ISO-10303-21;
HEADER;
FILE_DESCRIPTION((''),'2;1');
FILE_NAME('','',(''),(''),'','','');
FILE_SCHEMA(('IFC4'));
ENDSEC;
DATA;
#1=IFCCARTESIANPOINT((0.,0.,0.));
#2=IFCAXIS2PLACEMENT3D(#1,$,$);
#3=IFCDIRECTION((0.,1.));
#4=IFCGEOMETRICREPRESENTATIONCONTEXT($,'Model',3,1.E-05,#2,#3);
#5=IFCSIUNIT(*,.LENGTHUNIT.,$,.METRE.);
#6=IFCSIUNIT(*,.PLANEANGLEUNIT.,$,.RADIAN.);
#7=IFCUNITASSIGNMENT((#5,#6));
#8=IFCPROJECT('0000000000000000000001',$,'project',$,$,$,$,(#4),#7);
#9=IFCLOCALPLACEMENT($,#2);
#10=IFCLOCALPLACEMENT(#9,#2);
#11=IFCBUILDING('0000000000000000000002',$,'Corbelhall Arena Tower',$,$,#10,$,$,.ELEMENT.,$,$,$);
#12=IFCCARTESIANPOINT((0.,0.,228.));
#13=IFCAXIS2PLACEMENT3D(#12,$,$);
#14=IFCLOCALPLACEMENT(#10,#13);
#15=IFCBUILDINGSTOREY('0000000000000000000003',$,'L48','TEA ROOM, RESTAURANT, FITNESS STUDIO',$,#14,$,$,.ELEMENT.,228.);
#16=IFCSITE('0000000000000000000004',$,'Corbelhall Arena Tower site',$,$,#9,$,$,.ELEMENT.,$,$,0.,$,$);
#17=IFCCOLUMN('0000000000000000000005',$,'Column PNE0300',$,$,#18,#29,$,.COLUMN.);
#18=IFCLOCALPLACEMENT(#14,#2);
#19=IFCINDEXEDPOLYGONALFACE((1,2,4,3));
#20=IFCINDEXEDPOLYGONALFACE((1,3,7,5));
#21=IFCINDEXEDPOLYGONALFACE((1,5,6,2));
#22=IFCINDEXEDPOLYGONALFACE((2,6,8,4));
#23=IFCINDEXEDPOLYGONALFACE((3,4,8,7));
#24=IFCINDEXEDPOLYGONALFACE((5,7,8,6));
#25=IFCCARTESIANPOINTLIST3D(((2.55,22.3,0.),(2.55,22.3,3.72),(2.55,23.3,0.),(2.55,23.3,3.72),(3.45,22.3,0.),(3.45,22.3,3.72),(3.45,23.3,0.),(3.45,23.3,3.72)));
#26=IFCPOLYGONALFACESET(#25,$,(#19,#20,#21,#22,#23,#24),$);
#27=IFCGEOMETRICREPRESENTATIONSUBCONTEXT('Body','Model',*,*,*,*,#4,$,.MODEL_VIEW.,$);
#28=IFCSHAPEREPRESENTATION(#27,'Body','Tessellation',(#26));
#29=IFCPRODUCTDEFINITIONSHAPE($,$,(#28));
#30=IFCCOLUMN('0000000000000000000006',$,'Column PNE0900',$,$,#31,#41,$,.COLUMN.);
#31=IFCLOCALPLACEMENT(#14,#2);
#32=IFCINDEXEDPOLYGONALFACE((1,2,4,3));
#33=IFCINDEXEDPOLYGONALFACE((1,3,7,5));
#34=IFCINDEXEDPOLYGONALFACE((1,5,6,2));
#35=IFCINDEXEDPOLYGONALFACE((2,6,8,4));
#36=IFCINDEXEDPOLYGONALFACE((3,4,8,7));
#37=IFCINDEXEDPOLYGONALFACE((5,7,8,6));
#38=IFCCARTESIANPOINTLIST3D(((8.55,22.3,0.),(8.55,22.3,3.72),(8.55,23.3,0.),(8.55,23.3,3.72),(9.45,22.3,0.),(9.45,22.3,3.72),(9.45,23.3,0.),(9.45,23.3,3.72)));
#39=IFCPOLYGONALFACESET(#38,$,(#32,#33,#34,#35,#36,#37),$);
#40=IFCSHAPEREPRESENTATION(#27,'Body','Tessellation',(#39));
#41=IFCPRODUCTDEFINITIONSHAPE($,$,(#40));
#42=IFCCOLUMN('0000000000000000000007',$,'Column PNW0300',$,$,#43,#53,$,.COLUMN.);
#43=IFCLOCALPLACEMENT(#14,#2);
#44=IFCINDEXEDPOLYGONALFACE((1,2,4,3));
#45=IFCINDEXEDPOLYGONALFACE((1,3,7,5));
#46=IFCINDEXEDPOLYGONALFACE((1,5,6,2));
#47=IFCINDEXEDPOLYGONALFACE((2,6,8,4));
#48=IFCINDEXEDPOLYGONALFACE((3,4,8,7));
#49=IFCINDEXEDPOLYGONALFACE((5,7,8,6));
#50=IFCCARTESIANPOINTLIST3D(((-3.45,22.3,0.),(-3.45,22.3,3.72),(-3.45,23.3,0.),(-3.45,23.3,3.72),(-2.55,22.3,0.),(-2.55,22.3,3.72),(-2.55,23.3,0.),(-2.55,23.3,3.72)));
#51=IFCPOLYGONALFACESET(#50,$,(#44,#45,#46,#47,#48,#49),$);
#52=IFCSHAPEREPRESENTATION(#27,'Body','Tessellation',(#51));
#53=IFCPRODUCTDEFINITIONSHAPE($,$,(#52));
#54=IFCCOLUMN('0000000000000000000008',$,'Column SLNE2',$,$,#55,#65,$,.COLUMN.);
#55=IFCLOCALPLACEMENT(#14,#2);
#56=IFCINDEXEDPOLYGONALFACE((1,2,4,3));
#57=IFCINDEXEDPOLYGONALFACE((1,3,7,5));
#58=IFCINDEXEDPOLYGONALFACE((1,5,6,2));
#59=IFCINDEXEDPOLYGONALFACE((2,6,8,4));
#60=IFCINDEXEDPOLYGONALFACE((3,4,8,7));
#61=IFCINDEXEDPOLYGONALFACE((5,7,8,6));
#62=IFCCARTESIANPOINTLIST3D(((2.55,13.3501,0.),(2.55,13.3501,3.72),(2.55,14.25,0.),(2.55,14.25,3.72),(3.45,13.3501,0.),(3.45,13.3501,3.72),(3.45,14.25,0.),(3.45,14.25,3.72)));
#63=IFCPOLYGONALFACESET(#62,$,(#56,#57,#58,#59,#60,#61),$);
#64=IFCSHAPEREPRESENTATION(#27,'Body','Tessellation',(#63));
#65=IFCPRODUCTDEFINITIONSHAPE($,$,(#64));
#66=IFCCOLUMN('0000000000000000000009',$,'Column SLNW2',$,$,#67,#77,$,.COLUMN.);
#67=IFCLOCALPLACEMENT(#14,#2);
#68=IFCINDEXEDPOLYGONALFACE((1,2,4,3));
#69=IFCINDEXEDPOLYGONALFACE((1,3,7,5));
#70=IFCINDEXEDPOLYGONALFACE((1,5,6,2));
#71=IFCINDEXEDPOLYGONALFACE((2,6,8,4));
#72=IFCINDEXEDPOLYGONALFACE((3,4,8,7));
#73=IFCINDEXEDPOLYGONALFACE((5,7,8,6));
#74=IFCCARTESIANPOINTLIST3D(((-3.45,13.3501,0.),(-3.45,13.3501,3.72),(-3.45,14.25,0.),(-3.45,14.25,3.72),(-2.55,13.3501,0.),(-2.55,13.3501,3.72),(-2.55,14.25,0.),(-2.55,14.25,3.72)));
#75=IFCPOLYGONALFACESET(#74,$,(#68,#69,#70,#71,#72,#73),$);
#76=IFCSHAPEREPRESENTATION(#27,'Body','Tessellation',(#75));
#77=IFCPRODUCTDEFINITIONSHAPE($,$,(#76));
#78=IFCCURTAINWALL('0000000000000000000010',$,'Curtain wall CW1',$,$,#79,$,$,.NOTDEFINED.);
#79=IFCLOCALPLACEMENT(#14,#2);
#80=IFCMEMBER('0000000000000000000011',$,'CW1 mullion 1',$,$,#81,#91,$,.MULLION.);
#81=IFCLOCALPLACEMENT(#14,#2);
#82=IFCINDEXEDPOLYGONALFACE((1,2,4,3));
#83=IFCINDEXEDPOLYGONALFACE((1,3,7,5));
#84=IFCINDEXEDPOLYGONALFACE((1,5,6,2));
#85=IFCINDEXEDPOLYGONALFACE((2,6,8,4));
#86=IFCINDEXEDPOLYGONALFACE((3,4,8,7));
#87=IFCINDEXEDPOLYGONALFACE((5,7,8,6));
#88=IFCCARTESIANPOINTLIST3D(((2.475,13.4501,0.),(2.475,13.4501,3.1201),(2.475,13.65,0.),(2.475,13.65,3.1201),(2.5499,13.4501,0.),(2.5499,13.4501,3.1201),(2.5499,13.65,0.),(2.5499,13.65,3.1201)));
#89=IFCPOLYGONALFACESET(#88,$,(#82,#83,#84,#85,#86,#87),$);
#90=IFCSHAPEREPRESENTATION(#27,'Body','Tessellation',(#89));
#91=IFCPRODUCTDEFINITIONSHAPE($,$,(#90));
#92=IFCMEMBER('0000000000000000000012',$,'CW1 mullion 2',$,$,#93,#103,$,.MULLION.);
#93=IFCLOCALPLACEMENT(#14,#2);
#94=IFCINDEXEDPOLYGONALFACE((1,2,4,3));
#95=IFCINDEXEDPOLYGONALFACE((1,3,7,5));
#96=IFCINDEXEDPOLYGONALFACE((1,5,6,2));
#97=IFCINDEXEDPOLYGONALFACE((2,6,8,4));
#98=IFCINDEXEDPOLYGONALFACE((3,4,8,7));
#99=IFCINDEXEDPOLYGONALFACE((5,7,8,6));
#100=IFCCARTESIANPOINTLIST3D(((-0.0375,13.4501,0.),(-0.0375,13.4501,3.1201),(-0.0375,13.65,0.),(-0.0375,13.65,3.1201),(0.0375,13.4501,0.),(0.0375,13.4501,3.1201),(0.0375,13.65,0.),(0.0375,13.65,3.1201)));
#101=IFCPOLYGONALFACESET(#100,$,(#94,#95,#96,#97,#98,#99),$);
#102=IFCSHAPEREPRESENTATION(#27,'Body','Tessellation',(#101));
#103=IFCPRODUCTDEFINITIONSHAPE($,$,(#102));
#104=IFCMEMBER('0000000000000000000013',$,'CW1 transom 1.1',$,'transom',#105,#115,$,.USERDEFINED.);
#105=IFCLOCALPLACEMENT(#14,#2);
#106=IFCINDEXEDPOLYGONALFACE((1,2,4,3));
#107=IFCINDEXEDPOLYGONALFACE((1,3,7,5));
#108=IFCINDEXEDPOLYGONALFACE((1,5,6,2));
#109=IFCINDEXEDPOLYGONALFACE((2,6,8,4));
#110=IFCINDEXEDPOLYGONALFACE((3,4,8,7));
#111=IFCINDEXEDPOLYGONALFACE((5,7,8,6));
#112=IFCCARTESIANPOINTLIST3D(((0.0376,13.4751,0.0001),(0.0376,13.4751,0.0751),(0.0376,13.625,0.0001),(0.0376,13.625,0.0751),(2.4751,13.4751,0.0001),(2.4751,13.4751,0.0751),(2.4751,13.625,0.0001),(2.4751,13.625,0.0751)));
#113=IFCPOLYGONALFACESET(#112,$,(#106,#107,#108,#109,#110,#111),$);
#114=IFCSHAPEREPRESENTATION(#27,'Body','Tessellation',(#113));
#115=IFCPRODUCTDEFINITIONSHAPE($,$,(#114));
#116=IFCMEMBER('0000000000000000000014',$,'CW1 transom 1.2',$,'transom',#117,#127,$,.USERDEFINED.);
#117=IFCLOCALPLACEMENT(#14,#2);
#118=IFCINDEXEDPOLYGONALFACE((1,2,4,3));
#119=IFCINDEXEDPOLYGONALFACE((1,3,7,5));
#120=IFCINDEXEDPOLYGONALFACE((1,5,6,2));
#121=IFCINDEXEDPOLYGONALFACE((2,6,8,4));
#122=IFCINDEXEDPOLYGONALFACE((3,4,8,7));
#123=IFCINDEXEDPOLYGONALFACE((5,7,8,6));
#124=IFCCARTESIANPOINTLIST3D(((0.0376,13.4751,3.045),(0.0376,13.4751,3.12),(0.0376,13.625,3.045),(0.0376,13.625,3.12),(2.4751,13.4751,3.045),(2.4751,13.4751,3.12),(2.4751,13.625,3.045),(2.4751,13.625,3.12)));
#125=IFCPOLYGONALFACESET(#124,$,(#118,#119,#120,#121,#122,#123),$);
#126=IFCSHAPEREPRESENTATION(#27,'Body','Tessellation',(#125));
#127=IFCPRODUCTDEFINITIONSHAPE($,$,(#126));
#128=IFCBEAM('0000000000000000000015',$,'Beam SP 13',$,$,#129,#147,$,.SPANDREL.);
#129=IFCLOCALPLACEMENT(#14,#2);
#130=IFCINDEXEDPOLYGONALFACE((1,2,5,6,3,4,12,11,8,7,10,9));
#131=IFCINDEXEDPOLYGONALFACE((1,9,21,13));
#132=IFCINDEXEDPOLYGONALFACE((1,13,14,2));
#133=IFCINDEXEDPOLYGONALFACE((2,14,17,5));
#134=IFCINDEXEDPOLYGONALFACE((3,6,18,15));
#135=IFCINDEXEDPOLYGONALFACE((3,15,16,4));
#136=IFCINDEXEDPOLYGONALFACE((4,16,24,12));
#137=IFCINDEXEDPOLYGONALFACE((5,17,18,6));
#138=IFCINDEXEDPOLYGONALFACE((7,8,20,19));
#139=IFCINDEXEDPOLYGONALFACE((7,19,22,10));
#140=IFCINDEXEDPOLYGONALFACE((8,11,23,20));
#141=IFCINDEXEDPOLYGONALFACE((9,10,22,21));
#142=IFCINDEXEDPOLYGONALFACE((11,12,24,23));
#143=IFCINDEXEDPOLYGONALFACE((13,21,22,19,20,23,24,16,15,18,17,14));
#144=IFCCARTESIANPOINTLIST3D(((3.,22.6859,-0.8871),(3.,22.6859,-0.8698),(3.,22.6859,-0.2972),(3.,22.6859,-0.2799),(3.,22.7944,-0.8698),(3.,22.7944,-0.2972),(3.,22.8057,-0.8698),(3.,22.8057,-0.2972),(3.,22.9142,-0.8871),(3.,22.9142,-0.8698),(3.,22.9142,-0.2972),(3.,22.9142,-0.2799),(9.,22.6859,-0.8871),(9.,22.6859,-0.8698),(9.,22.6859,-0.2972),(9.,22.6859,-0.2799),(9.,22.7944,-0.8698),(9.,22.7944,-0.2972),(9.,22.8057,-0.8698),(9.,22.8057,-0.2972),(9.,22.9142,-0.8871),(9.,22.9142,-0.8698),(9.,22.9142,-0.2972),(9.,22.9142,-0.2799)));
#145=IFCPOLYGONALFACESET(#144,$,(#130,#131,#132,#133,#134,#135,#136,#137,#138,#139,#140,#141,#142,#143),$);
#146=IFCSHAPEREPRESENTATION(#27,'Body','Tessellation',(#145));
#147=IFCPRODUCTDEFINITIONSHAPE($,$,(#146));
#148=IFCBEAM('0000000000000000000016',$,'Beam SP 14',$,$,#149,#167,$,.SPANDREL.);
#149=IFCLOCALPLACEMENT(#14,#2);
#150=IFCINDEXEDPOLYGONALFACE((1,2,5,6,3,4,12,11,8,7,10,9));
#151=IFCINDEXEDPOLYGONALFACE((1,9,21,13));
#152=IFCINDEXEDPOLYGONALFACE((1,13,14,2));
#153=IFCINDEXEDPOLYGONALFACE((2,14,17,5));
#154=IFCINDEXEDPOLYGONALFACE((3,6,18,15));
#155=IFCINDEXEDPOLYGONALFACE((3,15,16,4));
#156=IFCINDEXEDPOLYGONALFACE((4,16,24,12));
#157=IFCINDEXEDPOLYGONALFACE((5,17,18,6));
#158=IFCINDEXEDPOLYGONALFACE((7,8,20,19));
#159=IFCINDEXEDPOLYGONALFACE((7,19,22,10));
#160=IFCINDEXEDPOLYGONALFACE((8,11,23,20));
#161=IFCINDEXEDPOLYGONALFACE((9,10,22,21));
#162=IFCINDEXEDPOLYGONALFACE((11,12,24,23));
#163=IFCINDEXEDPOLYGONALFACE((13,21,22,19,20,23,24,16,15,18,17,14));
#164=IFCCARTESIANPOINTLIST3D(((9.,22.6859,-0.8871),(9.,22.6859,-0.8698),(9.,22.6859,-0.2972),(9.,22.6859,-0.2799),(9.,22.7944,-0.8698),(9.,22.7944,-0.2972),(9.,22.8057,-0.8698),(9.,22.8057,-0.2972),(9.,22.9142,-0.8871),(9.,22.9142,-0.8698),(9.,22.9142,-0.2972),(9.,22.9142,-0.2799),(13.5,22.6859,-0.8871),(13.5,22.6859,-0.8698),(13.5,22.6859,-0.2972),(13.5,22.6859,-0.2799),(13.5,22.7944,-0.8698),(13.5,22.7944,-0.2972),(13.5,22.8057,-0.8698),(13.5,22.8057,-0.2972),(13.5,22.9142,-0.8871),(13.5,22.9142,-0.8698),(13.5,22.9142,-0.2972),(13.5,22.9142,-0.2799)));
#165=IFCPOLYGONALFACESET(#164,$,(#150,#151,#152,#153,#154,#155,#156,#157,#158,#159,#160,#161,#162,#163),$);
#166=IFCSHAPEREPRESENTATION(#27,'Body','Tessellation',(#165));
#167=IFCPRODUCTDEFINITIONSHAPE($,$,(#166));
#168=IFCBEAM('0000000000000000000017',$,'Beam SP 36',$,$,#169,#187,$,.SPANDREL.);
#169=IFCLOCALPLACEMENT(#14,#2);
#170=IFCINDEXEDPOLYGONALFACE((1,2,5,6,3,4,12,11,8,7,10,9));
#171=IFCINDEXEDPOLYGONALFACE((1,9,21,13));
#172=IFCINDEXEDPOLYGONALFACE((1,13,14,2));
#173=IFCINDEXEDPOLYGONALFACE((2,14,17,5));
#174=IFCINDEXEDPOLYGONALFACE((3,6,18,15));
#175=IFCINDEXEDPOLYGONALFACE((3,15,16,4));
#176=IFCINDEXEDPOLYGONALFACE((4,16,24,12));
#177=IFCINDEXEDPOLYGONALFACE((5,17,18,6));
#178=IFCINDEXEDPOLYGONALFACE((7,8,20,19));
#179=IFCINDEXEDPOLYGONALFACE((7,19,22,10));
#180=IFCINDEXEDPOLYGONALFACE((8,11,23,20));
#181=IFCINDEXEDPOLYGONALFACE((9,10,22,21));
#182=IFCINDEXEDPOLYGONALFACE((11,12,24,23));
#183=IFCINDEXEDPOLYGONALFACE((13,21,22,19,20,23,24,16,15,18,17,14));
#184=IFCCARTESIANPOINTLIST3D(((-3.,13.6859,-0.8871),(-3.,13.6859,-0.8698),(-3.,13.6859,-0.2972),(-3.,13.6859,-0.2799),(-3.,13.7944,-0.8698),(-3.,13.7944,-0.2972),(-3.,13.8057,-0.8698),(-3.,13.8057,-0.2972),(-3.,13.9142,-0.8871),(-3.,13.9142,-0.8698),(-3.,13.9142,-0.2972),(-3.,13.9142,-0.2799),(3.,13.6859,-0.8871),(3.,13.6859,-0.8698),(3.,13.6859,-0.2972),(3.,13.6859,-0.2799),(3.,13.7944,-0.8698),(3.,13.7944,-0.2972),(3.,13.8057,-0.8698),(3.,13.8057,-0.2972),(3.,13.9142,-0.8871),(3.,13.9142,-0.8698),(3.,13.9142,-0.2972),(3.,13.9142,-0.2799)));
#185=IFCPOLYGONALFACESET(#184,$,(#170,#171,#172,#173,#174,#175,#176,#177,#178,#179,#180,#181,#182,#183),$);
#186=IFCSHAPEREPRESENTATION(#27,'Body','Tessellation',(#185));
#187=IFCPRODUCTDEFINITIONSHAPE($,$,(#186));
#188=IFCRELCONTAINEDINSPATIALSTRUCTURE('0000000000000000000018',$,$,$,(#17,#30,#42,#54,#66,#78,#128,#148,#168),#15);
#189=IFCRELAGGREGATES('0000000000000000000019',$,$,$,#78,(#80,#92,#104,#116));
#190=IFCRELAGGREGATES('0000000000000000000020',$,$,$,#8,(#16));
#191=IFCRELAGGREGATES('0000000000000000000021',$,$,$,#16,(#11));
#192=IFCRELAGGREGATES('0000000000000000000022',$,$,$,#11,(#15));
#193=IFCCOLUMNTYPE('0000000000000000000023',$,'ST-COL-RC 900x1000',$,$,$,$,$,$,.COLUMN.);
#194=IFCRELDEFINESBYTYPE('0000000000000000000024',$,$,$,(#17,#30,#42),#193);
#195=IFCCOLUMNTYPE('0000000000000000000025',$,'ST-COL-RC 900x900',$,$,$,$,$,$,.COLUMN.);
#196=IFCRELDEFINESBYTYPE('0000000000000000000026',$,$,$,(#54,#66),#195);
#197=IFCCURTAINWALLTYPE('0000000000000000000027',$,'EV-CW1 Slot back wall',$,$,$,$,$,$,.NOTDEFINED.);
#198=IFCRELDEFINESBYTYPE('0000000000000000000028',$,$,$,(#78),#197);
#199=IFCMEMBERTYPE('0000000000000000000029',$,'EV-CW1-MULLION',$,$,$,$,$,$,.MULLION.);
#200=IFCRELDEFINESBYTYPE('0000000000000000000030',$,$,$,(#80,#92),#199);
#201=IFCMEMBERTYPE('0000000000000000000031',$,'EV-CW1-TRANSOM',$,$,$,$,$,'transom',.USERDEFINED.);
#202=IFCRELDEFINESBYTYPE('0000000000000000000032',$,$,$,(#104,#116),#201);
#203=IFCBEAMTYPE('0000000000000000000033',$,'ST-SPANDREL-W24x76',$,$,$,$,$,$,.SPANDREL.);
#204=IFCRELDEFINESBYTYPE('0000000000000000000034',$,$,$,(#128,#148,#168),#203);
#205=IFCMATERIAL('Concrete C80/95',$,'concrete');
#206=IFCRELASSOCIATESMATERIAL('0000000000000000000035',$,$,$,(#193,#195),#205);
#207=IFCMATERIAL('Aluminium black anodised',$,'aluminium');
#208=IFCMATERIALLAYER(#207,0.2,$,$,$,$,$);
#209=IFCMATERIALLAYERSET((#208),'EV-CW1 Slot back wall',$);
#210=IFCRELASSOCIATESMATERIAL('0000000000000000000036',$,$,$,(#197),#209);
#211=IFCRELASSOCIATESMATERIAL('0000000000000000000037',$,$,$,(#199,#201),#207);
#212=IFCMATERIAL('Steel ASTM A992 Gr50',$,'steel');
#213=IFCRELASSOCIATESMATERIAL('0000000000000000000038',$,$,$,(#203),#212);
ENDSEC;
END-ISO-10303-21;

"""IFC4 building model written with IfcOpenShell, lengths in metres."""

from ifc_helpers import new_model, si_unit, direction, frame, origin, origin_2d, place, context, subcontext, project, spatial, rectangle, i_section, extrude, material, layer, layer_set, material_profile, profile_set, type_object, element, aggregate, save


model = new_model("IFC4")

# Units and contexts
model_context = context("Model", 3, precision=1e-05, world=origin(), true_north=direction((0.0, 1.0)))
body_context = subcontext(model_context, "Body", "Model", "MODEL_VIEW")
ifc_project = project(units=[si_unit("LENGTHUNIT", "METRE"), si_unit("PLANEANGLEUNIT", "RADIAN")], contexts=[model_context])

# Site, building, storey
site_placement = place(None, origin())
site = spatial("IfcSite", under=ifc_project, at=site_placement, Name="Corbelhall Arena Tower site", CompositionType="ELEMENT", RefElevation=0.0)
building_placement = place(site_placement, origin())
building = spatial("IfcBuilding", under=site, at=building_placement, Name="Corbelhall Arena Tower", CompositionType="ELEMENT")
storey_placement = place(building_placement, frame((0.0, 0.0, 228.0)))
storey = spatial("IfcBuildingStorey", under=building, at=storey_placement, Name="L48", Description="TEA ROOM, RESTAURANT, FITNESS STUDIO", CompositionType="ELEMENT", Elevation=228.0)

# Columns
ifc_material_1 = material(Name="Concrete C80/95", Category="concrete")
ifc_material_profile_1 = material_profile(ifc_material_1, rectangle(XDim=0.8999, YDim=1.0, at=origin_2d()))
ifc_profile_set_1 = profile_set([ifc_material_profile_1], Name="Concrete C80/95")
column_type_1 = type_object("IfcColumnType", Name="ST-COL-RC 900x1000", PredefinedType="COLUMN", material=ifc_profile_set_1)
for number, where, z_axis, x_axis, name in (
    (1, (3.0, 22.8, 0.0), (0.0, 0.0, 1.0), (1.0, 0.0, 0.0), "Column PNE0300"),
    (2, (9.0, 22.8, 0.0), (0.0, 0.0, 1.0), (1.0, 0.0, 0.0), "Column PNE0900"),
    (3, (-3.0, 22.8, 0.0), (0.0, 0.0, 1.0), (1.0, 0.0, 0.0), "Column PNW0300"),
):
    element("IfcColumn", number, at=place(storey_placement, frame(where, z_axis=z_axis, x_axis=x_axis)), inside=storey, type_object=column_type_1, Name=name, PredefinedType="COLUMN", context=body_context, shape_type="SweptSolid", body=[
        extrude(rectangle(XDim=0.8999, YDim=1.0, at=origin_2d()), origin(), (0.0, 0.0, 1.0), 3.72),
    ])
ifc_material_profile_2 = material_profile(ifc_material_1, rectangle(XDim=0.8999, YDim=0.8999, at=origin_2d()))
ifc_profile_set_2 = profile_set([ifc_material_profile_2], Name="Concrete C80/95")
column_type_2 = type_object("IfcColumnType", Name="ST-COL-RC 900x900", PredefinedType="COLUMN", material=ifc_profile_set_2)
for number, where, z_axis, x_axis, name in (
    (4, (3.0, 13.8, 0.0), (0.0, 0.0, 1.0), (1.0, 0.0, 0.0), "Column SLNE2"),
    (5, (-3.0, 13.8, 0.0), (0.0, 0.0, 1.0), (1.0, 0.0, 0.0), "Column SLNW2"),
):
    element("IfcColumn", number, at=place(storey_placement, frame(where, z_axis=z_axis, x_axis=x_axis)), inside=storey, type_object=column_type_2, Name=name, PredefinedType="COLUMN", context=body_context, shape_type="SweptSolid", body=[
        extrude(rectangle(XDim=0.8999, YDim=0.8999, at=origin_2d()), origin(), (0.0, 0.0, 1.0), 3.72),
    ])

# Curtain wall, members
ifc_material_2 = material(Name="Aluminium black anodised", Category="aluminium")
ifc_layer_1 = layer(ifc_material_2, 0.2)
ifc_layer_set_1 = layer_set([ifc_layer_1], Name="EV-CW1 Slot back wall")
curtain_wall_type = type_object("IfcCurtainWallType", Name="EV-CW1 Slot back wall", PredefinedType="NOTDEFINED", material=ifc_layer_set_1)
curtain_wall_placement = place(storey_placement, origin())
curtain_wall = element("IfcCurtainWall", 6, at=curtain_wall_placement, inside=storey, type_object=curtain_wall_type, Name="Curtain wall CW1", PredefinedType="NOTDEFINED")
ifc_material_profile_3 = material_profile(ifc_material_2, rectangle(XDim=0.2, YDim=0.075, at=origin_2d()))
ifc_profile_set_3 = profile_set([ifc_material_profile_3], Name="Aluminium black anodised")
member_type_1 = type_object("IfcMemberType", Name="EV-CW1-MULLION", PredefinedType="MULLION", material=ifc_profile_set_3)
member_1_placement = place(storey_placement, frame((2.5125, 13.55, 0.0), z_axis=(0.0, 0.0, 1.0), x_axis=(0.0, -1.0, 0.0)))
member_1 = element("IfcMember", 7, at=member_1_placement, type_object=member_type_1, Name="CW1 mullion 1", PredefinedType="MULLION", context=body_context, shape_type="SweptSolid", body=[
    extrude(rectangle(XDim=0.2, YDim=0.075, at=origin_2d()), origin(), (0.0, 0.0, 1.0), 3.1201),
])
member_2_placement = place(storey_placement, frame((0.0, 13.55, 0.0), z_axis=(0.0, 0.0, 1.0), x_axis=(0.0, -1.0, 0.0)))
member_2 = element("IfcMember", 8, at=member_2_placement, type_object=member_type_1, Name="CW1 mullion 2", PredefinedType="MULLION", context=body_context, shape_type="SweptSolid", body=[
    extrude(rectangle(XDim=0.2, YDim=0.075, at=origin_2d()), origin(), (0.0, 0.0, 1.0), 3.1201),
])
ifc_material_profile_4 = material_profile(ifc_material_2, rectangle(XDim=0.1499, YDim=0.075, at=origin_2d()))
ifc_profile_set_4 = profile_set([ifc_material_profile_4], Name="Aluminium black anodised")
member_type_2 = type_object("IfcMemberType", Name="EV-CW1-TRANSOM", ElementType="transom", PredefinedType="USERDEFINED", material=ifc_profile_set_4)
member_3_placement = place(storey_placement, frame((2.4751, 13.55, 0.0376), z_axis=(-1.0, 0.0, 0.0), x_axis=(0.0, -1.0, 0.0)))
member_3 = element("IfcMember", 9, at=member_3_placement, type_object=member_type_2, Name="CW1 transom 1.1", ObjectType="transom", PredefinedType="USERDEFINED", context=body_context, shape_type="SweptSolid", body=[
    extrude(rectangle(XDim=0.1499, YDim=0.075, at=origin_2d()), origin(), (0.0, 0.0, 1.0), 2.4375),
])
member_4_placement = place(storey_placement, frame((2.4751, 13.55, 3.0825), z_axis=(-1.0, 0.0, 0.0), x_axis=(0.0, -1.0, 0.0)))
member_4 = element("IfcMember", 10, at=member_4_placement, type_object=member_type_2, Name="CW1 transom 1.2", ObjectType="transom", PredefinedType="USERDEFINED", context=body_context, shape_type="SweptSolid", body=[
    extrude(rectangle(XDim=0.1499, YDim=0.075, at=origin_2d()), origin(), (0.0, 0.0, 1.0), 2.4375),
])

# Beams
ifc_material_3 = material(Name="Steel ASTM A992 Gr50", Category="steel")
ifc_material_profile_5 = material_profile(ifc_material_3, i_section(OverallWidth=0.2283, OverallDepth=0.6072, WebThickness=0.0112, FlangeThickness=0.0173, at=origin_2d()))
ifc_profile_set_5 = profile_set([ifc_material_profile_5], Name="Steel ASTM A992 Gr50")
beam_type_1 = type_object("IfcBeamType", Name="ST-SPANDREL-W24x76", PredefinedType="SPANDREL", material=ifc_profile_set_5)
beam_1_placement = place(storey_placement, frame((3.0, 22.8, -0.5835), z_axis=(1.0, 0.0, 0.0), x_axis=(0.0, 1.0, 0.0)))
element("IfcBeam", 11, at=beam_1_placement, inside=storey, type_object=beam_type_1, Name="Beam SP 13", PredefinedType="SPANDREL", context=body_context, shape_type="SweptSolid", body=[
    extrude(i_section(OverallWidth=0.2283, OverallDepth=0.6072, WebThickness=0.0112, FlangeThickness=0.0173, at=origin_2d()), origin(), (0.0, 0.0, 1.0), 6.0),
])
beam_2_placement = place(storey_placement, frame((9.0, 22.8, -0.5835), z_axis=(1.0, 0.0, 0.0), x_axis=(0.0, 1.0, 0.0)))
element("IfcBeam", 12, at=beam_2_placement, inside=storey, type_object=beam_type_1, Name="Beam SP 14", PredefinedType="SPANDREL", context=body_context, shape_type="SweptSolid", body=[
    extrude(i_section(OverallWidth=0.2283, OverallDepth=0.6072, WebThickness=0.0112, FlangeThickness=0.0173, at=origin_2d()), origin(), (0.0, 0.0, 1.0), 4.5),
])
beam_3_placement = place(storey_placement, frame((-3.0, 13.8, -0.5835), z_axis=(1.0, 0.0, 0.0), x_axis=(0.0, 1.0, 0.0)))
element("IfcBeam", 13, at=beam_3_placement, inside=storey, type_object=beam_type_1, Name="Beam SP 36", PredefinedType="SPANDREL", context=body_context, shape_type="SweptSolid", body=[
    extrude(i_section(OverallWidth=0.2283, OverallDepth=0.6072, WebThickness=0.0112, FlangeThickness=0.0173, at=origin_2d()), origin(), (0.0, 0.0, 1.0), 6.0),
])

aggregate(curtain_wall, [member_1, member_2, member_3, member_4])

save(model, "model.ifc")
